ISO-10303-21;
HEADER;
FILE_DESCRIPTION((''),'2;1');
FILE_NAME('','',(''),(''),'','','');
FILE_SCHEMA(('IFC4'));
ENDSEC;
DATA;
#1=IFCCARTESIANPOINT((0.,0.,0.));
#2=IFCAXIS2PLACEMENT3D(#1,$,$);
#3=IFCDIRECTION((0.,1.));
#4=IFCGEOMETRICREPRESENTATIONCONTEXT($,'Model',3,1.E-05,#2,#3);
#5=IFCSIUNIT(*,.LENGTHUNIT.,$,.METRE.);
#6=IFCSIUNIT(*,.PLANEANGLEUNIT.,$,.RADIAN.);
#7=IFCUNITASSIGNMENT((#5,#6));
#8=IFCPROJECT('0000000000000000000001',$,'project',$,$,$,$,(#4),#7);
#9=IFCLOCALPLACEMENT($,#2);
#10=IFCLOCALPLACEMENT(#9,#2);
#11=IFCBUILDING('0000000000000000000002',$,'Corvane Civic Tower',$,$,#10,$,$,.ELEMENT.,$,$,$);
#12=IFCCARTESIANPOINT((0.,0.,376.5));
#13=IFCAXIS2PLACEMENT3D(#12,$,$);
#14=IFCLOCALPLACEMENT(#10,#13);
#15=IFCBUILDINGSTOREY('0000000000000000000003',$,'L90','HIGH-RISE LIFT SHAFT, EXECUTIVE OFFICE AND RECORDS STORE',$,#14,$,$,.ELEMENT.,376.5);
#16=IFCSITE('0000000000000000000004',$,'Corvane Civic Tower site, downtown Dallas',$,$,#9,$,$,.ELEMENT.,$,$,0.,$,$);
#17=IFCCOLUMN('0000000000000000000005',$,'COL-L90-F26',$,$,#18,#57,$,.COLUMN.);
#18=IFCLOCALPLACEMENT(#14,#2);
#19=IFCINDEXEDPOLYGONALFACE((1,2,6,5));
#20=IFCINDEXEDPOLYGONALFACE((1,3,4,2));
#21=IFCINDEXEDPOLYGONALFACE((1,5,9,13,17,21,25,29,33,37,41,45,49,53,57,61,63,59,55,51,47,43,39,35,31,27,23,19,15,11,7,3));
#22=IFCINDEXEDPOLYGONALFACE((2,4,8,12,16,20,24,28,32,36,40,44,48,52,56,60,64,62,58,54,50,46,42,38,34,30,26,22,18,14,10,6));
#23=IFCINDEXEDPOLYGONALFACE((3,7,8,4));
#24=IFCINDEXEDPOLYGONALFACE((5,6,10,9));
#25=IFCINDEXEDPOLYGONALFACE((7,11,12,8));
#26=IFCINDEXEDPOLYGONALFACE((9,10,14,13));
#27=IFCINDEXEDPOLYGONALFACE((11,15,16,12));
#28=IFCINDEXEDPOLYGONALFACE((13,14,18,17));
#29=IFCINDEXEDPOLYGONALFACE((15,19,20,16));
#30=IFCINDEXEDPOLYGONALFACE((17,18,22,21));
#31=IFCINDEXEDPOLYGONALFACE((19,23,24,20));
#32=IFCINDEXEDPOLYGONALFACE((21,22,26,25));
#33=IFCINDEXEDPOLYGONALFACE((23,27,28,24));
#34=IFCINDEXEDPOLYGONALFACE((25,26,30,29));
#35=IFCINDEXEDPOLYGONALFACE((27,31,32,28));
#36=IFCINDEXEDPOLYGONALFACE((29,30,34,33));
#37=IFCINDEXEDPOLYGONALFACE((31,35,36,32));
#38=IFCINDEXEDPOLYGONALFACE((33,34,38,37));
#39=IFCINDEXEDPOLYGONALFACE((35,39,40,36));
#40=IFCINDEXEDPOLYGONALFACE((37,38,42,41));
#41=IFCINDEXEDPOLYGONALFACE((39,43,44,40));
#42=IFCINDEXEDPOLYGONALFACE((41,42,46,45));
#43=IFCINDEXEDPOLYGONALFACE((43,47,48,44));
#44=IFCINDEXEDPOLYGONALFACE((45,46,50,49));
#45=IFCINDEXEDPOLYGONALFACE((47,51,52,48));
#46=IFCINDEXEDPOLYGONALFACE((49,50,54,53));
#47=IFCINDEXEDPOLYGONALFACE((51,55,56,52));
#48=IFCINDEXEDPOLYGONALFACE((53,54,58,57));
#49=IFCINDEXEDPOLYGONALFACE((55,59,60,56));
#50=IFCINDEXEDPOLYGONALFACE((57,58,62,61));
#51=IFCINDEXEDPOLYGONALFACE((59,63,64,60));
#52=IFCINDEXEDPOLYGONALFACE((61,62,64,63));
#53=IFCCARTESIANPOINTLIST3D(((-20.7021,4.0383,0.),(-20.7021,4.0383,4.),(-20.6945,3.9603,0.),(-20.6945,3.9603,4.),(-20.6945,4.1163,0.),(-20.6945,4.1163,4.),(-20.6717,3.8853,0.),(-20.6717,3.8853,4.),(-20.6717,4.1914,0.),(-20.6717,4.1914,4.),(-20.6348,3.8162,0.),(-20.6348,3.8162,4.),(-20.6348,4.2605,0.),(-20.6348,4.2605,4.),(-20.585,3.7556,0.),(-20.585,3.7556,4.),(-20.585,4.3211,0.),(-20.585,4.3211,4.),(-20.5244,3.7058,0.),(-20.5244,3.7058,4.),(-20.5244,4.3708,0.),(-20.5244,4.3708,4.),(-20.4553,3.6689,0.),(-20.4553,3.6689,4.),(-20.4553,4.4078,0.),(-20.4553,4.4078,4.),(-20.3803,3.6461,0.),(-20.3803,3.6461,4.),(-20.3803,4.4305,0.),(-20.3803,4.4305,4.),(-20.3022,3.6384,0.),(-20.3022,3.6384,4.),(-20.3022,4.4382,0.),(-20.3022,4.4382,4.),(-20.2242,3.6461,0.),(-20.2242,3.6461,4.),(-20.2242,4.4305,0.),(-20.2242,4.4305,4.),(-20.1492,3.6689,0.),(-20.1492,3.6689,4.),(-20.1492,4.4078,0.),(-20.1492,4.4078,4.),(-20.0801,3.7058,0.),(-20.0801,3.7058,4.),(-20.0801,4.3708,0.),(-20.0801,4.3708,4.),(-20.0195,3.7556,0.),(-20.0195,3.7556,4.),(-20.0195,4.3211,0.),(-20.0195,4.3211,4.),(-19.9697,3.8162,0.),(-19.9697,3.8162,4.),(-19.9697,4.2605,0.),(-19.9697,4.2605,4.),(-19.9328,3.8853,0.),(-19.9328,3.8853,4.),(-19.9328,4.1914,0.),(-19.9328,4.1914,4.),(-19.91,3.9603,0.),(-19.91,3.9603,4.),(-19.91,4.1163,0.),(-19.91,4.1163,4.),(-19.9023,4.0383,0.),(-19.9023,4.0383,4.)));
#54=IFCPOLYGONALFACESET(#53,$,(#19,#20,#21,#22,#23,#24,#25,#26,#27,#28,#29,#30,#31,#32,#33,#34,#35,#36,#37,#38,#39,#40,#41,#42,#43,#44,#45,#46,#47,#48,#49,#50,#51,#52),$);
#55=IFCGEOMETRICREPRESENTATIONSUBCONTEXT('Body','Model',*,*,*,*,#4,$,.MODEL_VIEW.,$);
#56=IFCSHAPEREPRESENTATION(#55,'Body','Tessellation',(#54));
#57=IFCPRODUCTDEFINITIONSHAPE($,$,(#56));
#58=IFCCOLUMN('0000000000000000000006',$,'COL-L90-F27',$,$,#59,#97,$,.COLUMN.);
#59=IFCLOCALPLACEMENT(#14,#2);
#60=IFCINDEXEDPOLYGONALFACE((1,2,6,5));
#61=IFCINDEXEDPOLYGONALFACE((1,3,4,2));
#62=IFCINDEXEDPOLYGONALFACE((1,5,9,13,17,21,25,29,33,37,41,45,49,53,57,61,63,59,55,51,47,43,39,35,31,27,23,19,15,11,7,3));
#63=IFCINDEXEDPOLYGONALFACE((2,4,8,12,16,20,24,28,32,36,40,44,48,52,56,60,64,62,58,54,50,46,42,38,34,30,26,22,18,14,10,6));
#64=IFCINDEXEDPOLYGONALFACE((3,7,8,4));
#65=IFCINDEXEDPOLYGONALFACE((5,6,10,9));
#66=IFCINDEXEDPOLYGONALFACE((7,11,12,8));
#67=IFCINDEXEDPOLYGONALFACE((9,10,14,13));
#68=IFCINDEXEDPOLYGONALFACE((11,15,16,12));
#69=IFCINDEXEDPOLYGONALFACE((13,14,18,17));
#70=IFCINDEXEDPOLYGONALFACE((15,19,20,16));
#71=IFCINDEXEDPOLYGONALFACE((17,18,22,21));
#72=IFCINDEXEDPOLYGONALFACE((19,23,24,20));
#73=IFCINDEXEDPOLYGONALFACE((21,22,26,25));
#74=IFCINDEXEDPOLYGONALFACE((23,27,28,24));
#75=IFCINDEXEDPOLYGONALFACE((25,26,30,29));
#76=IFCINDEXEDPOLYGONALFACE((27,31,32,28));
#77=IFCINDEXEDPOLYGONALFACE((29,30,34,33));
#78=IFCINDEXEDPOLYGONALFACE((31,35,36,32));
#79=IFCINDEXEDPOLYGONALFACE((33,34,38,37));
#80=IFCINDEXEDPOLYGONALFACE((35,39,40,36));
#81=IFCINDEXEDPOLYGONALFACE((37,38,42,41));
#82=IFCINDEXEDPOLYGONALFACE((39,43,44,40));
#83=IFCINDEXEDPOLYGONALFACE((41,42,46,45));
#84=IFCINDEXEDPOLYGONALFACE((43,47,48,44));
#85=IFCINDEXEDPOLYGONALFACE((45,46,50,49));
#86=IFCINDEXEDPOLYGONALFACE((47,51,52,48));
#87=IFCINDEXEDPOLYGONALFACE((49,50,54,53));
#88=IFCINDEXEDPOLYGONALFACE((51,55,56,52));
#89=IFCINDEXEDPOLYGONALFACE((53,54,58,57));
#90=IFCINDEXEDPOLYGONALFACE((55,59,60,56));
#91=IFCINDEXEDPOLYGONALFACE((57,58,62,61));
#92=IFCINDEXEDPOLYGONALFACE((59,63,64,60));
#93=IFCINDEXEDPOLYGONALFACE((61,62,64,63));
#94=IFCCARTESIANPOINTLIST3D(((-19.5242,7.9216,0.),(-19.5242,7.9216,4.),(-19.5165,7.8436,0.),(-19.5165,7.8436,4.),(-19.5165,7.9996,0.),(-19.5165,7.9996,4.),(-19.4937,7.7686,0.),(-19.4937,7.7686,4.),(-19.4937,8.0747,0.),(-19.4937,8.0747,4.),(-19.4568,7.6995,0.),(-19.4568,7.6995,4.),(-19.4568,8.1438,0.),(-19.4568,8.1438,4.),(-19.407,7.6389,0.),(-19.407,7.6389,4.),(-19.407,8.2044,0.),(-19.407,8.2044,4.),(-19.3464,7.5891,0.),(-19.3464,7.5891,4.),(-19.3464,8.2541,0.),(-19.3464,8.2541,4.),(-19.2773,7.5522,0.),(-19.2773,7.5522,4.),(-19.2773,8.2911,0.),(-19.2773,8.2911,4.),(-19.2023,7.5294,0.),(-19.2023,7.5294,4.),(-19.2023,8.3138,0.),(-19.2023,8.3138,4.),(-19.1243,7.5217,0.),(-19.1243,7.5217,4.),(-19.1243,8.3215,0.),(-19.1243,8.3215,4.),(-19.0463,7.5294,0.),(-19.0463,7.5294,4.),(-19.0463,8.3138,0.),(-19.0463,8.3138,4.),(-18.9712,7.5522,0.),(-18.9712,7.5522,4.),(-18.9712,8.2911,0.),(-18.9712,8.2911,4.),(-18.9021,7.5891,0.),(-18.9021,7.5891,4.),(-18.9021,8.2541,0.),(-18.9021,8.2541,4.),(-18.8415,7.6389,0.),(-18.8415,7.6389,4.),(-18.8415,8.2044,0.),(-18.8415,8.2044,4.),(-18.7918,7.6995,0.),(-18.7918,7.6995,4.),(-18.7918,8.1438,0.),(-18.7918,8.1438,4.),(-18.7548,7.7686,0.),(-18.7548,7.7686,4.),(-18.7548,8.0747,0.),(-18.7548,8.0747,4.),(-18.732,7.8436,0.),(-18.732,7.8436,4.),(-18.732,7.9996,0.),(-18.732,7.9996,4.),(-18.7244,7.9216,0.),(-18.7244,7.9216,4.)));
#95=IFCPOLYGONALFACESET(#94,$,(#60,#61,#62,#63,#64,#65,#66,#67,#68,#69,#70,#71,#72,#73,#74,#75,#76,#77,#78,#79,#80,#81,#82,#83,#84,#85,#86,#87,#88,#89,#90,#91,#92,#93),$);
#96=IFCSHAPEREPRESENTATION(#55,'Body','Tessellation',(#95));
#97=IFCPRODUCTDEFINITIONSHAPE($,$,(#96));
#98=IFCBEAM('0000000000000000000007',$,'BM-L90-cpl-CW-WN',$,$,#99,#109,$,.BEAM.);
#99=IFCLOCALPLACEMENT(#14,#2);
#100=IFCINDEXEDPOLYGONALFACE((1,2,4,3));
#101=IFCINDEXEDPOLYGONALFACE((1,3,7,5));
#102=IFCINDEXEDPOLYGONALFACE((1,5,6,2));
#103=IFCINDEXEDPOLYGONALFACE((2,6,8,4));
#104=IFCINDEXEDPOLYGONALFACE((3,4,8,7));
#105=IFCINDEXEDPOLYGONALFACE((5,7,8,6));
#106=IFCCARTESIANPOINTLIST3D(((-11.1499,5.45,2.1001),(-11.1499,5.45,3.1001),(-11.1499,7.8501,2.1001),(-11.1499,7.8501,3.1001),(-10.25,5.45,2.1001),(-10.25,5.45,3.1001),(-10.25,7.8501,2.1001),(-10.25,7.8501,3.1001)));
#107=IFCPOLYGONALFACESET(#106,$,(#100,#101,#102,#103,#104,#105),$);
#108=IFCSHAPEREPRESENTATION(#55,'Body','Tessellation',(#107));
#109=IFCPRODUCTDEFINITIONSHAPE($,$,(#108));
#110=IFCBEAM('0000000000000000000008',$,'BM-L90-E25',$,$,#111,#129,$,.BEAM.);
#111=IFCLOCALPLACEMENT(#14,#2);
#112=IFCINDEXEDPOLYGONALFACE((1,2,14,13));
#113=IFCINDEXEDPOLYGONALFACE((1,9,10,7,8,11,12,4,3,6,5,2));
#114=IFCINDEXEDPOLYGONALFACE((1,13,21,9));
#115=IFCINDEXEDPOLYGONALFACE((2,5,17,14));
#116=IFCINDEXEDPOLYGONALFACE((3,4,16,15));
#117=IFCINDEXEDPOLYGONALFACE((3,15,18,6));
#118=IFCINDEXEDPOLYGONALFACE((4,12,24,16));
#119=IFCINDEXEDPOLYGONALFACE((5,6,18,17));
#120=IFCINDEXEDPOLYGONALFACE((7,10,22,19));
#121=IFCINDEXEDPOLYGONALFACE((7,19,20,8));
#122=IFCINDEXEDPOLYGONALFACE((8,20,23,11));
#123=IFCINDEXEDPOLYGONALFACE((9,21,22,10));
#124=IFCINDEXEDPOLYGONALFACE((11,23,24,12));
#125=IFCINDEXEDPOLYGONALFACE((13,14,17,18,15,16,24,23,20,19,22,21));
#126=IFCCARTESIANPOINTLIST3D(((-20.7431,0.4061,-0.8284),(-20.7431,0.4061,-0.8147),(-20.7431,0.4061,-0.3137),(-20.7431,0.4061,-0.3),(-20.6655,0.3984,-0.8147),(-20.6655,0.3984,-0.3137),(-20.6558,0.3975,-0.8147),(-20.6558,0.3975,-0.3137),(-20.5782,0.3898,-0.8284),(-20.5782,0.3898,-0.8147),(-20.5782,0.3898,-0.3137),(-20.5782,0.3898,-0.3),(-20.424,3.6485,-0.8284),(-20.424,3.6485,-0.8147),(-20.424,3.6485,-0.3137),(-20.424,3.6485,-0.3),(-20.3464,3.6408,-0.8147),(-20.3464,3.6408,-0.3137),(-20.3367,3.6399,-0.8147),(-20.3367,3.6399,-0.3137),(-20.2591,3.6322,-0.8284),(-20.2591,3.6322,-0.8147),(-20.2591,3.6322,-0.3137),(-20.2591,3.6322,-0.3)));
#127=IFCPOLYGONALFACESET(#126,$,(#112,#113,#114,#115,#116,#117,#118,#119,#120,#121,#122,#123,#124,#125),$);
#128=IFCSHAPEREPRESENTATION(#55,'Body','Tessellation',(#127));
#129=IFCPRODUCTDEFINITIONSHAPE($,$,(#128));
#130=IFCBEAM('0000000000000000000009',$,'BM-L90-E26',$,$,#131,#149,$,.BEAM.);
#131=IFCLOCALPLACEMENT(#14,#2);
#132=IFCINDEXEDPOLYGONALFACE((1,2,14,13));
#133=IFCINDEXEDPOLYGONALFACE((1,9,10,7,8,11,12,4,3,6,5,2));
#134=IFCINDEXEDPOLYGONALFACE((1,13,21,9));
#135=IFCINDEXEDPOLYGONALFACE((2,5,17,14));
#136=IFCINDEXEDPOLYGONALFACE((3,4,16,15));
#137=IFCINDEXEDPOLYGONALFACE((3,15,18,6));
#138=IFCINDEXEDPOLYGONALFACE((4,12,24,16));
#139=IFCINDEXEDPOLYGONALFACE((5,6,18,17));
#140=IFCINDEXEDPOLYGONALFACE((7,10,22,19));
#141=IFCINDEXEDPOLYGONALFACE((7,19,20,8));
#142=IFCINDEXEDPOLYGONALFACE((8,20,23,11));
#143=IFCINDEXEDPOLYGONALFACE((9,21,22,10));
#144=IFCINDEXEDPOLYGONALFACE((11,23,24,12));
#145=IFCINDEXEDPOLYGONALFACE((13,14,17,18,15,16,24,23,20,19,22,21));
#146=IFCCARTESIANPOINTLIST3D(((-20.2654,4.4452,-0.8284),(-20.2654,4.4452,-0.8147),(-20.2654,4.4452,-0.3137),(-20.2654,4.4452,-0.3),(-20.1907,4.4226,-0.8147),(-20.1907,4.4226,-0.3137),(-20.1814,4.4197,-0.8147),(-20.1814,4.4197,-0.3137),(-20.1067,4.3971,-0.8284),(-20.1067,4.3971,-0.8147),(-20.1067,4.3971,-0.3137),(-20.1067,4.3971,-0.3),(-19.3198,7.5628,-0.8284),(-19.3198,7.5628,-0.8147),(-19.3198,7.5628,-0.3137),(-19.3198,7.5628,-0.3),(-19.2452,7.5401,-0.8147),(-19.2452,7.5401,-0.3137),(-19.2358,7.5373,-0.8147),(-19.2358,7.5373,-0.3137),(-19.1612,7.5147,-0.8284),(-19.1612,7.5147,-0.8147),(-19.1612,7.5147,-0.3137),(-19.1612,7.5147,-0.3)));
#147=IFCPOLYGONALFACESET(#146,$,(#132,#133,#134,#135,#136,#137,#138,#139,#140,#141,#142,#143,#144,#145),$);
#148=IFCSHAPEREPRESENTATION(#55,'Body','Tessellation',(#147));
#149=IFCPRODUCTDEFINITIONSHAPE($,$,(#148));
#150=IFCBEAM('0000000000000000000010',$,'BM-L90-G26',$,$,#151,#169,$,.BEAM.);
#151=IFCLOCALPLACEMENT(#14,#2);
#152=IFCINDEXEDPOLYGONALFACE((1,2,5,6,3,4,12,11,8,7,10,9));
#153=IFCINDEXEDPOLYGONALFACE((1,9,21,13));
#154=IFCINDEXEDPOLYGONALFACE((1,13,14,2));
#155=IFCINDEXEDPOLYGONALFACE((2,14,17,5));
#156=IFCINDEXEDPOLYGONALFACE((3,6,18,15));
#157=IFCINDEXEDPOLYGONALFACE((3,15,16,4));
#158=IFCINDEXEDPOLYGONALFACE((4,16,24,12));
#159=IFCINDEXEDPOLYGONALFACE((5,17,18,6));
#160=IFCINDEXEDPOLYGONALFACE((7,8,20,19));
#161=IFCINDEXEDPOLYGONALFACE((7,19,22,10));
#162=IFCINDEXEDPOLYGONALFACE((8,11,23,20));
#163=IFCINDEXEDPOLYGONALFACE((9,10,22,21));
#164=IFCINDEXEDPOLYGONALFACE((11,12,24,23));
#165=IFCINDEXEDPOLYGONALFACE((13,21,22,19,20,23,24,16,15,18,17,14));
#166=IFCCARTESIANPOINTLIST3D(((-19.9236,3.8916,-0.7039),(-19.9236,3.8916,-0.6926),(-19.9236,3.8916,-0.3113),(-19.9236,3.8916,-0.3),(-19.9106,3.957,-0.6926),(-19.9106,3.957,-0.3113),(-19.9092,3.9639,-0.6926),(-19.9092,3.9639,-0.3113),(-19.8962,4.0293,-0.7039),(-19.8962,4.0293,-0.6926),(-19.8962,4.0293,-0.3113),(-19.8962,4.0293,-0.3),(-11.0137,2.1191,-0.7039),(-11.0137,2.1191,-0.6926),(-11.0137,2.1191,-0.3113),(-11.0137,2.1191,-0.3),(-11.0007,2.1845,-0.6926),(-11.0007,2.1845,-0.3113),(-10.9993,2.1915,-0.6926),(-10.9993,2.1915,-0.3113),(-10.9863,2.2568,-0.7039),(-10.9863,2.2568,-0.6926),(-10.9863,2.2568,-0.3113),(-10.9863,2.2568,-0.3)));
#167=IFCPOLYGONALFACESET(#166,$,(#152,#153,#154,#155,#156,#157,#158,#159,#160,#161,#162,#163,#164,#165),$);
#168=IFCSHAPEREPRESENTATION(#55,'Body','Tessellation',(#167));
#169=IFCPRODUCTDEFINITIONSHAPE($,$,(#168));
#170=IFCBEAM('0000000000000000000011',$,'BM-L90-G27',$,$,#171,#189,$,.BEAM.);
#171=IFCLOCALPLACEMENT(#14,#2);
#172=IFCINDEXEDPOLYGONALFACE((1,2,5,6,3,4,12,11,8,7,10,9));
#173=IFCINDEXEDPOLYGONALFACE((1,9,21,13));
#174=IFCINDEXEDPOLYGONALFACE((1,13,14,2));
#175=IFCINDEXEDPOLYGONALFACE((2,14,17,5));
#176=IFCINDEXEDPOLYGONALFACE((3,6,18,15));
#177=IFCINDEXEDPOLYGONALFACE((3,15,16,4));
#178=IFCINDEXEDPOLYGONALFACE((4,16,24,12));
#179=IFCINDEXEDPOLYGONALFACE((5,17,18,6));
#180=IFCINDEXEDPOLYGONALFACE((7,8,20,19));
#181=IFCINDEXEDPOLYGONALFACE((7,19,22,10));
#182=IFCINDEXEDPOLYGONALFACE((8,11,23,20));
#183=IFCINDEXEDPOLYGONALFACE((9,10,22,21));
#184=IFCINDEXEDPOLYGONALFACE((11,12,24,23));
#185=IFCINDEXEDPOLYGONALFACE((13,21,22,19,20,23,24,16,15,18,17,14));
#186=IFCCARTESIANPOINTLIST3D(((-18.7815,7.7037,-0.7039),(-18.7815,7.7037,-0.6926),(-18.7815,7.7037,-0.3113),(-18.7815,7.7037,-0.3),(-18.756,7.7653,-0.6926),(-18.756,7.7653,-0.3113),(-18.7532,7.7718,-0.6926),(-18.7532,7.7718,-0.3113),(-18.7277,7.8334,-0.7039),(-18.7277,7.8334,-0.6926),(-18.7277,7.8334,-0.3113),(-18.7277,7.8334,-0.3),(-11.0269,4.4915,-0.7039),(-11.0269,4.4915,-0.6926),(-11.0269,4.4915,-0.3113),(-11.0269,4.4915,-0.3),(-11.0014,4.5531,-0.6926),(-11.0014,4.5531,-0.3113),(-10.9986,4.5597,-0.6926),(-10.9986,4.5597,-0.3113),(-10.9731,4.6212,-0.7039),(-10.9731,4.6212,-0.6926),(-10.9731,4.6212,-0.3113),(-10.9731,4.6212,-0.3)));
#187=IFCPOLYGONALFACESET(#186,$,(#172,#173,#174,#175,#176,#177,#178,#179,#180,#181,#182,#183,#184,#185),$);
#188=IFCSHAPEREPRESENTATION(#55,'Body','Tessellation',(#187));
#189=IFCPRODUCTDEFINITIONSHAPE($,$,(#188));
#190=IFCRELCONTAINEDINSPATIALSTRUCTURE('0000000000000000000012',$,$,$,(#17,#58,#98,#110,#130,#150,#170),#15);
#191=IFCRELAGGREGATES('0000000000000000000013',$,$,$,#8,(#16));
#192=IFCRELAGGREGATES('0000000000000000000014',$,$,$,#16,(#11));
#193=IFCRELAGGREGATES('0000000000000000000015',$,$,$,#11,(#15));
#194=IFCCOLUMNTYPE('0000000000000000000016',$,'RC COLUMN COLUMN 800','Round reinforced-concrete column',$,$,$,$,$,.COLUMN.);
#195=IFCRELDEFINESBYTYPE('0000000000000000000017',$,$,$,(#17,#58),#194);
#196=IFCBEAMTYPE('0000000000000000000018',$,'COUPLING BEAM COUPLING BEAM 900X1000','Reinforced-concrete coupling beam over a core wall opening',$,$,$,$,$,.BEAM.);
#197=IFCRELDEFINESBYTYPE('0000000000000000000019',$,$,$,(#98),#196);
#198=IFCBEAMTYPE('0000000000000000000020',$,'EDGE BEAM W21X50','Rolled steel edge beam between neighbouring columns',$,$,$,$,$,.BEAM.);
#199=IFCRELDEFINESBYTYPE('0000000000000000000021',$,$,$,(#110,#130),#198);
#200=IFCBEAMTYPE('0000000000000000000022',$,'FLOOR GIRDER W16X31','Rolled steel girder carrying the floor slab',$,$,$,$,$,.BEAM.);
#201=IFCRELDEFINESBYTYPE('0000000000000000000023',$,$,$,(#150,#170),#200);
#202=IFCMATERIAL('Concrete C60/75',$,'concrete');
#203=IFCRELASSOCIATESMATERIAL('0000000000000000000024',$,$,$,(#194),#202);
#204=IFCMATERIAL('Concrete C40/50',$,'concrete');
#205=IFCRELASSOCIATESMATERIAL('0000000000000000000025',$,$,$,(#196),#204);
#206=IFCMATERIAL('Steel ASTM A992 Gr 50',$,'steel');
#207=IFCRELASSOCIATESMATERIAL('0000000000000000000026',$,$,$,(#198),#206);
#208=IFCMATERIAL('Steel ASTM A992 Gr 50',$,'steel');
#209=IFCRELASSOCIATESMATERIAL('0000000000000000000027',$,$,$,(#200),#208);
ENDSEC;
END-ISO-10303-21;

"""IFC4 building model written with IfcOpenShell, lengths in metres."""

from ifc_helpers import new_model, si_unit, direction, frame, origin, origin_2d, place, context, subcontext, project, spatial, rectangle, circle, i_section, extrude, material, material_profile, profile_set, type_object, element, save


model = new_model("IFC4")

# Units and contexts
model_context = context("Model", 3, precision=1e-05, world=origin(), true_north=direction((0.0, 1.0)))
body_context = subcontext(model_context, "Body", "Model", "MODEL_VIEW")
ifc_project = project(units=[si_unit("LENGTHUNIT", "METRE"), si_unit("PLANEANGLEUNIT", "RADIAN")], contexts=[model_context])

# Site, building, storey
site_placement = place(None, origin())
site = spatial("IfcSite", under=ifc_project, at=site_placement, Name="Corvane Civic Tower site, downtown Dallas", CompositionType="ELEMENT", RefElevation=0.0)
building_placement = place(site_placement, origin())
building = spatial("IfcBuilding", under=site, at=building_placement, Name="Corvane Civic Tower", CompositionType="ELEMENT")
storey_placement = place(building_placement, frame((0.0, 0.0, 376.5)))
storey = spatial("IfcBuildingStorey", under=building, at=storey_placement, Name="L90", Description="HIGH-RISE LIFT SHAFT, EXECUTIVE OFFICE AND RECORDS STORE", CompositionType="ELEMENT", Elevation=376.5)

# Columns
ifc_material_1 = material(Name="Concrete C60/75", Category="concrete")
ifc_material_profile_1 = material_profile(ifc_material_1, circle(Radius=0.3999, at=origin_2d()), Name="COLUMN 800")
ifc_profile_set_1 = profile_set([ifc_material_profile_1], Name="Concrete C60/75")
column_type = type_object("IfcColumnType", Name="RC COLUMN COLUMN 800", Description="Round reinforced-concrete column", PredefinedType="COLUMN", material=ifc_profile_set_1)
for number, where, z_axis, x_axis, name in (
    (1, (-20.3022, 4.0383, 0.0), (0.0, 0.0, 1.0), (1.0, 0.0, 0.0), "COL-L90-F26"),
    (2, (-19.1243, 7.9216, 0.0), (0.0, 0.0, 1.0), (1.0, 0.0, 0.0), "COL-L90-F27"),
):
    element("IfcColumn", number, at=place(storey_placement, frame(where, z_axis=z_axis, x_axis=x_axis)), inside=storey, type_object=column_type, Name=name, PredefinedType="COLUMN", context=body_context, shape_type="SweptSolid", body=[
        extrude(circle(Radius=0.3999, at=origin_2d()), origin(), (0.0, 0.0, 1.0), 4.0),
    ])

# Beams
ifc_material_2 = material(Name="Concrete C40/50", Category="concrete")
ifc_material_profile_2 = material_profile(ifc_material_2, rectangle(XDim=0.8999, YDim=1.0, at=origin_2d()), Name="COUPLING BEAM 900X1000")
ifc_profile_set_2 = profile_set([ifc_material_profile_2], Name="Concrete C40/50")
beam_type_1 = type_object("IfcBeamType", Name="COUPLING BEAM COUPLING BEAM 900X1000", Description="Reinforced-concrete coupling beam over a core wall opening", PredefinedType="BEAM", material=ifc_profile_set_2)
beam_1_placement = place(storey_placement, frame((-10.7, 5.45, 2.6001), z_axis=(0.0, 1.0, 0.0), x_axis=(-1.0, 0.0, 0.0)))
element("IfcBeam", 3, at=beam_1_placement, inside=storey, type_object=beam_type_1, Name="BM-L90-cpl-CW-WN", PredefinedType="BEAM", context=body_context, shape_type="SweptSolid", body=[
    extrude(rectangle(XDim=0.8999, YDim=1.0, at=origin_2d()), origin(), (0.0, 0.0, 1.0), 2.4001),
])
ifc_material_3 = material(Name="Steel ASTM A992 Gr 50", Category="steel")
ifc_material_profile_3 = material_profile(ifc_material_3, i_section(OverallWidth=0.1658, OverallDepth=0.5283, WebThickness=0.0098, FlangeThickness=0.0137, at=origin_2d()), Name="W21X50")
ifc_profile_set_3 = profile_set([ifc_material_profile_3], Name="Steel ASTM A992 Gr 50")
beam_type_2 = type_object("IfcBeamType", Name="EDGE BEAM W21X50", Description="Rolled steel edge beam between neighbouring columns", PredefinedType="BEAM", material=ifc_profile_set_3)
beam_2_placement = place(storey_placement, frame((-20.6606, 0.3979, -0.5642), z_axis=(0.097938, 0.995193, 0.0), x_axis=(-0.995193, 0.097938, 0.0)))
element("IfcBeam", 4, at=beam_2_placement, inside=storey, type_object=beam_type_2, Name="BM-L90-E25", PredefinedType="BEAM", context=body_context, shape_type="SweptSolid", body=[
    extrude(i_section(OverallWidth=0.1658, OverallDepth=0.5283, WebThickness=0.0098, FlangeThickness=0.0137, at=origin_2d()), origin(), (0.0, 0.0, 1.0), 3.2581),
])
beam_3_placement = place(storey_placement, frame((-20.186, 4.4211, -0.5642), z_axis=(0.290234, 0.956956, 0.0), x_axis=(-0.956956, 0.290234, 0.0)))
element("IfcBeam", 5, at=beam_3_placement, inside=storey, type_object=beam_type_2, Name="BM-L90-E26", PredefinedType="BEAM", context=body_context, shape_type="SweptSolid", body=[
    extrude(i_section(OverallWidth=0.1658, OverallDepth=0.5283, WebThickness=0.0098, FlangeThickness=0.0137, at=origin_2d()), origin(), (0.0, 0.0, 1.0), 3.2578),
])
ifc_material_4 = material(Name="Steel ASTM A992 Gr 50", Category="steel")
ifc_material_profile_4 = material_profile(ifc_material_4, i_section(OverallWidth=0.1404, OverallDepth=0.4038, WebThickness=0.0071, FlangeThickness=0.0112, at=origin_2d()), Name="W16X31")
ifc_profile_set_4 = profile_set([ifc_material_profile_4], Name="Steel ASTM A992 Gr 50")
beam_type_3 = type_object("IfcBeamType", Name="FLOOR GIRDER W16X31", Description="Rolled steel girder carrying the floor slab", PredefinedType="BEAM", material=ifc_profile_set_4)
beam_4_placement = place(storey_placement, frame((-11.0, 2.188, -0.502), z_axis=(-0.980782, 0.195108, 0.0), x_axis=(-0.195108, -0.980782, 0.0)))
element("IfcBeam", 6, at=beam_4_placement, inside=storey, type_object=beam_type_3, Name="BM-L90-G26", PredefinedType="BEAM", context=body_context, shape_type="SweptSolid", body=[
    extrude(i_section(OverallWidth=0.1404, OverallDepth=0.4038, WebThickness=0.0071, FlangeThickness=0.0112, at=origin_2d()), origin(), (0.0, 0.0, 1.0), 9.0845),
])
beam_5_placement = place(storey_placement, frame((-11.0, 4.5564, -0.502), z_axis=(-0.923876, 0.382692, 0.0), x_axis=(-0.382692, -0.923876, 0.0)))
element("IfcBeam", 7, at=beam_5_placement, inside=storey, type_object=beam_type_3, Name="BM-L90-G27", PredefinedType="BEAM", context=body_context, shape_type="SweptSolid", body=[
    extrude(i_section(OverallWidth=0.1404, OverallDepth=0.4038, WebThickness=0.0071, FlangeThickness=0.0112, at=origin_2d()), origin(), (0.0, 0.0, 1.0), 8.3936),
])

save(model, "model.ifc")
